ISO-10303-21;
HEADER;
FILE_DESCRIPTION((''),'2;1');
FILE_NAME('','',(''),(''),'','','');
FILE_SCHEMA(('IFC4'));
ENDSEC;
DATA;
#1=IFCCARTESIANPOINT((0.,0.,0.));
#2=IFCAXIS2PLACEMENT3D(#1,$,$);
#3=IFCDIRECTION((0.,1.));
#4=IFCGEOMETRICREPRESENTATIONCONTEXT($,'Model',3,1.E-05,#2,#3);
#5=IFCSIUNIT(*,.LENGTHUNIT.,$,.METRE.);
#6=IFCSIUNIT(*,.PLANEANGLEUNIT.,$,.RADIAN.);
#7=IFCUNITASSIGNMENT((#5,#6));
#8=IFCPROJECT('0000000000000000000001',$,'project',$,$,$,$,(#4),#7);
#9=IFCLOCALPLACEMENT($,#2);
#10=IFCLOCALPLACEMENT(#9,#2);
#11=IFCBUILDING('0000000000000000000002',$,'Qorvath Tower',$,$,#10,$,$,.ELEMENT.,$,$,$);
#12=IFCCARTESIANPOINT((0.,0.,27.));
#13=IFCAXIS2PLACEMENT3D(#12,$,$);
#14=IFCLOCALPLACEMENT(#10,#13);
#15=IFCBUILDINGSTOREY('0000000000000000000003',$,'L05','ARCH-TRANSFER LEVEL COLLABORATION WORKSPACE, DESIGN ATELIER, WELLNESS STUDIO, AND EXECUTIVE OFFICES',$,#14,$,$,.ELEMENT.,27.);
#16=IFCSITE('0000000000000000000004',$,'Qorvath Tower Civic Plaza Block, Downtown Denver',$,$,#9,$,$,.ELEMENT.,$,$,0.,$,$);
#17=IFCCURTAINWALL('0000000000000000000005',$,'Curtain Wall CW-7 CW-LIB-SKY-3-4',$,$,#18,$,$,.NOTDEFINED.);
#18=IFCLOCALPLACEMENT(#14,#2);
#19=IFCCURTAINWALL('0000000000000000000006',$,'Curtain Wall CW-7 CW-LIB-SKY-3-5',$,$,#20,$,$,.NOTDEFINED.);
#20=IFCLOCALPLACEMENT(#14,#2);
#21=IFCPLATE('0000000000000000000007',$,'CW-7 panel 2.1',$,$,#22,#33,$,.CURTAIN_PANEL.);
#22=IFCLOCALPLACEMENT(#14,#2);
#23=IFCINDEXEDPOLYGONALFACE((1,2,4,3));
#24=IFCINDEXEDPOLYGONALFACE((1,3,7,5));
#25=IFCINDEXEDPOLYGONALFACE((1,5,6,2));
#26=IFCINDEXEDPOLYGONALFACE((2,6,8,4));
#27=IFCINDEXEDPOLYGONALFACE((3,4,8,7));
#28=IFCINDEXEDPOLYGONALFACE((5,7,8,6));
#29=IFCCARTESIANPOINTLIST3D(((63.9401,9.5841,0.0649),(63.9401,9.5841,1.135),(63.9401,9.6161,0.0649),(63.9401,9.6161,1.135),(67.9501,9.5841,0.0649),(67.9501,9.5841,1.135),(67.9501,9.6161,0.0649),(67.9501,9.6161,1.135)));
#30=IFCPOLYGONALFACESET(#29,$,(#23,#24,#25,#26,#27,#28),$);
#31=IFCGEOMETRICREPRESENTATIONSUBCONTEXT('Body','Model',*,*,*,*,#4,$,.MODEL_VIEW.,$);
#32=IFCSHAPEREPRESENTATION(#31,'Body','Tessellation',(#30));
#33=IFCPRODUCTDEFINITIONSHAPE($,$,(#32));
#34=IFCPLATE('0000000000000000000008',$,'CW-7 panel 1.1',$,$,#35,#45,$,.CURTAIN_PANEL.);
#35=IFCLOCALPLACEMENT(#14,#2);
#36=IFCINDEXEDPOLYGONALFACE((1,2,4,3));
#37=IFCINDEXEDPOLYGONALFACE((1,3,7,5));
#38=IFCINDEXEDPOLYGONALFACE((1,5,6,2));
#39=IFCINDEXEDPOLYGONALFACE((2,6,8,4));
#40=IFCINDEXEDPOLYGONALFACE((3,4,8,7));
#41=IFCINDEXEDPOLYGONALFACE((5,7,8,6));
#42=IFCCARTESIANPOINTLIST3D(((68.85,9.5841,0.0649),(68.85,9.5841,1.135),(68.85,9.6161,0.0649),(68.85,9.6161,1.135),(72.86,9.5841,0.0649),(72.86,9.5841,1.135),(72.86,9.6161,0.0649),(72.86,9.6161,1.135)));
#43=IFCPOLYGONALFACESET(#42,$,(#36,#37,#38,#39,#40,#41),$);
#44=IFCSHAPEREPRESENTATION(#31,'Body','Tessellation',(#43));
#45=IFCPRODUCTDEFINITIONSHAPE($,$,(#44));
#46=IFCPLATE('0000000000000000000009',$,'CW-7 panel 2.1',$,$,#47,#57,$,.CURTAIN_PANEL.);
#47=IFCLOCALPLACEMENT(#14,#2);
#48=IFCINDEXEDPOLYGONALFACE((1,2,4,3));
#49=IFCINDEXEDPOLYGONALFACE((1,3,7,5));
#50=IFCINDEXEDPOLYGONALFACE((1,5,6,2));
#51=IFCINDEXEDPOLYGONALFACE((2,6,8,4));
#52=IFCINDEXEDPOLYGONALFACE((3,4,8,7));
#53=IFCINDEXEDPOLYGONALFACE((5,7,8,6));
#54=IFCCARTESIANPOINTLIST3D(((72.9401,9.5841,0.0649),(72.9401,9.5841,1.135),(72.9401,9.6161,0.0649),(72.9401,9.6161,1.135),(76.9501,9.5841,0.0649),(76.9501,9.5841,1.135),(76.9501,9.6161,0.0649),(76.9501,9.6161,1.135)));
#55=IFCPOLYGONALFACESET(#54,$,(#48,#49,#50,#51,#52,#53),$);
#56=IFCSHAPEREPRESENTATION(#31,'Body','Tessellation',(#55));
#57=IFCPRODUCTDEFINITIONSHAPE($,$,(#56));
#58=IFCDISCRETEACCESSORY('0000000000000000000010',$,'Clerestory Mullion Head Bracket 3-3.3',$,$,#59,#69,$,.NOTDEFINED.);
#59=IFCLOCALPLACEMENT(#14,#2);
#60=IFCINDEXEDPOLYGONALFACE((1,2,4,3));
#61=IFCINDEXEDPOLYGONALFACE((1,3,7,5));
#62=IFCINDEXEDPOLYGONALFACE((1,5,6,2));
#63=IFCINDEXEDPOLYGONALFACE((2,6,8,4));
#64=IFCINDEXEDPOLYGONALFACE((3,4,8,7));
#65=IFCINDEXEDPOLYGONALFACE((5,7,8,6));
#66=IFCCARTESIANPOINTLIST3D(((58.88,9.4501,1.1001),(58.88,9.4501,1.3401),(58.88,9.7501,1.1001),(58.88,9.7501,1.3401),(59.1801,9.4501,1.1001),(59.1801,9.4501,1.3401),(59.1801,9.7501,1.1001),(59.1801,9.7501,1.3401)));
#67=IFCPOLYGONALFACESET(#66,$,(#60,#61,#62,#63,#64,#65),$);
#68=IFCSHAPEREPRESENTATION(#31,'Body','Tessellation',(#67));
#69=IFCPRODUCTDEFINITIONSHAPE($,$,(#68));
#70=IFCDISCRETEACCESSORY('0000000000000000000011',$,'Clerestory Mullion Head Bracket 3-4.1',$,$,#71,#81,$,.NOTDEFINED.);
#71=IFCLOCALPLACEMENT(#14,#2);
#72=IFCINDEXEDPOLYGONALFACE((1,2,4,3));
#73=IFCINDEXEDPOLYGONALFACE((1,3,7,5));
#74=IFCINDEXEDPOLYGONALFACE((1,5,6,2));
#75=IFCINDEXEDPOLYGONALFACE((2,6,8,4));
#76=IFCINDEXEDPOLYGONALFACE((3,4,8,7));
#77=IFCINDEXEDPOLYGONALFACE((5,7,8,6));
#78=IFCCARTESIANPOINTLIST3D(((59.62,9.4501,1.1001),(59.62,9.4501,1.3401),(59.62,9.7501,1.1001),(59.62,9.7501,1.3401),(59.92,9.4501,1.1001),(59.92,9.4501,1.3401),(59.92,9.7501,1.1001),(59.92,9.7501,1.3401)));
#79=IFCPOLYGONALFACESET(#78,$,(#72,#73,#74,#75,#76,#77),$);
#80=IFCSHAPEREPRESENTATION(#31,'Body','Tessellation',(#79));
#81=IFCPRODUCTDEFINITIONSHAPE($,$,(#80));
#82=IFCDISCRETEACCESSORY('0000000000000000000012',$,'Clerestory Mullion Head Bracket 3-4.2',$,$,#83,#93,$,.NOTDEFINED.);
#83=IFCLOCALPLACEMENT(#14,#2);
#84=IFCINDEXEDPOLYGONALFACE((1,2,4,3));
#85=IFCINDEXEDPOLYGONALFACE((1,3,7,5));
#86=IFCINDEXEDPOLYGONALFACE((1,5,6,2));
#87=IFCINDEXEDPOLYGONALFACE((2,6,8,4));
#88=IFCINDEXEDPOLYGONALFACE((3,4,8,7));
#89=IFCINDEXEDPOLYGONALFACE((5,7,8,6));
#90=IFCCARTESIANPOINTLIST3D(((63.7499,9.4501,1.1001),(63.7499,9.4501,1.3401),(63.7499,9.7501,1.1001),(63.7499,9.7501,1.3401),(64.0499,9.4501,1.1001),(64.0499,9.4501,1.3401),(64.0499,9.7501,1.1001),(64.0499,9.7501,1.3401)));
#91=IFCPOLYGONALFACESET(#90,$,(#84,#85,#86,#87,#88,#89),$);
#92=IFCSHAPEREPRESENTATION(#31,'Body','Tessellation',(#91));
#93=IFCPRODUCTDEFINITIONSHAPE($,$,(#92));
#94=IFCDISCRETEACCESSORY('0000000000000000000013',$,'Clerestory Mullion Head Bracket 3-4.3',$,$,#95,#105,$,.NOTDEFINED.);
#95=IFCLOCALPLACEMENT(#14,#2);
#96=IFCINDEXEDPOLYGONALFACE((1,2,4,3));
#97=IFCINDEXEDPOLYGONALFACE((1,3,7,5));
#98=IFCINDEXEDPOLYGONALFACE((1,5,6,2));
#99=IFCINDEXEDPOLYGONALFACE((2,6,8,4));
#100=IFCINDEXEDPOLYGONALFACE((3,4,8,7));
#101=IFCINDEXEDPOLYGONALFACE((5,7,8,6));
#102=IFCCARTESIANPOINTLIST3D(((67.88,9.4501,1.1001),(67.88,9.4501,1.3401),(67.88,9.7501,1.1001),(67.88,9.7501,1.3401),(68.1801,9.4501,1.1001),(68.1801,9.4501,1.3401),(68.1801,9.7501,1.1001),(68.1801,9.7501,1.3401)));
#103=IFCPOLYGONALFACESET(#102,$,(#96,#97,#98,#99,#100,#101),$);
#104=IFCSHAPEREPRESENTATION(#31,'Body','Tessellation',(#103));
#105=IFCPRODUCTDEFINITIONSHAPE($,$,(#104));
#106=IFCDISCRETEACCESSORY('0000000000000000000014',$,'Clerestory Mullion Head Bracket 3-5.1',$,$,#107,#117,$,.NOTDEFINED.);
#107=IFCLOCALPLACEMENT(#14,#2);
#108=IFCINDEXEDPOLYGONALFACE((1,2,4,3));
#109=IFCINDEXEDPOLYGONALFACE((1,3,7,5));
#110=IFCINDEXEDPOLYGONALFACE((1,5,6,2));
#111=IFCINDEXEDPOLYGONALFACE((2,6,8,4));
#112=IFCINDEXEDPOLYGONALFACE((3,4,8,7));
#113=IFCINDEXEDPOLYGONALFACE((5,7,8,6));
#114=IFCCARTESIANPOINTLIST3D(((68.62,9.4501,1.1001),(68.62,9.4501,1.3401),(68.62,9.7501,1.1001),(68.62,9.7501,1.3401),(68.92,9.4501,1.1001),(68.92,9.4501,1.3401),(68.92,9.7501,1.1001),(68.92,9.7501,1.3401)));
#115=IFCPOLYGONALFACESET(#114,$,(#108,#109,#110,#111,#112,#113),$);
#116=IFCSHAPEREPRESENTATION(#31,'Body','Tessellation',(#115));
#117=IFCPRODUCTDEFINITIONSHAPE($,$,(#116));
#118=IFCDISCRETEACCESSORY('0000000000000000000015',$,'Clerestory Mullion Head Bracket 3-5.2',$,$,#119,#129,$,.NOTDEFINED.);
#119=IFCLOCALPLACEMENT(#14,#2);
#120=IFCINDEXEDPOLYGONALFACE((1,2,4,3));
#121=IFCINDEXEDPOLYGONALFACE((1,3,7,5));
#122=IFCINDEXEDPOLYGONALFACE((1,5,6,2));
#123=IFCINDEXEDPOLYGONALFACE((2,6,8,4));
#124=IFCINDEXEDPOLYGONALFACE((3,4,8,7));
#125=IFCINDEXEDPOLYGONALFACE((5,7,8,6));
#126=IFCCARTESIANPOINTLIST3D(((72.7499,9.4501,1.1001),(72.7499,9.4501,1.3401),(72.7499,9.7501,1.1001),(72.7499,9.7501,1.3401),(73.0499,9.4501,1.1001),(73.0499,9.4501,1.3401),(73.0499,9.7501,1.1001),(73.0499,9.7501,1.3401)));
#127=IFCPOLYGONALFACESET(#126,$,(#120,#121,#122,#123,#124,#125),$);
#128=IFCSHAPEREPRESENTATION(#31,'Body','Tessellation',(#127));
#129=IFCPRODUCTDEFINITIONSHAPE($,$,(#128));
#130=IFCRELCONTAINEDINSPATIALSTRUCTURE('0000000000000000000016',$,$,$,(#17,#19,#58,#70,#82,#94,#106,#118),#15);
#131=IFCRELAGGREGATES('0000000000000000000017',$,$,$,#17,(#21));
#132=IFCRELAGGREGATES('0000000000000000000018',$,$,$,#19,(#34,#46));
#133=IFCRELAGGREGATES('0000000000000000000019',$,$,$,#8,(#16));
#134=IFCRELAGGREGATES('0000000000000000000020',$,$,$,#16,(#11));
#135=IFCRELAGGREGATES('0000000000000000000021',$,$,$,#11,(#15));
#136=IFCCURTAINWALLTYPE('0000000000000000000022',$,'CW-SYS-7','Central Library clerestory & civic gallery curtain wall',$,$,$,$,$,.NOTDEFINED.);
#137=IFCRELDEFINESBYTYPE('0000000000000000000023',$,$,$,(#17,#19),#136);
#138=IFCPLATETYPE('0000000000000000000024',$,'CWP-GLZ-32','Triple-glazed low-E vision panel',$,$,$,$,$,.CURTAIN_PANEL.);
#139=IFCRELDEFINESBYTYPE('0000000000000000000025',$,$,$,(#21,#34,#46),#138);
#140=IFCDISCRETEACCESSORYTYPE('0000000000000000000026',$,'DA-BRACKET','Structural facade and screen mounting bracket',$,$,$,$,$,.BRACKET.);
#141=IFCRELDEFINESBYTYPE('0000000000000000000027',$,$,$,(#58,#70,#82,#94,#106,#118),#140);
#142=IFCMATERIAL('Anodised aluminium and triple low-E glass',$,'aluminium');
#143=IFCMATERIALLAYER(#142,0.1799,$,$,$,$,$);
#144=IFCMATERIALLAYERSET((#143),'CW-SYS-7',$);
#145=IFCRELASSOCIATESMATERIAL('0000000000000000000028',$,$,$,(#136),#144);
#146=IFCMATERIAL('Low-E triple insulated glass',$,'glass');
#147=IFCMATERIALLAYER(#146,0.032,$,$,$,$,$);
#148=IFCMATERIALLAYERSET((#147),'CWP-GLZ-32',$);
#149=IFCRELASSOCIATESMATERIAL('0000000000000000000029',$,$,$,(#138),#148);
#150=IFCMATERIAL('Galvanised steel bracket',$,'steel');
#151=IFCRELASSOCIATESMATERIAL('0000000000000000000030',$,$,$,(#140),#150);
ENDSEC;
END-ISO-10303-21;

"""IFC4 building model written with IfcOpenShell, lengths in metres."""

from ifc_helpers import new_model, si_unit, direction, frame, origin, origin_2d, place, context, subcontext, project, spatial, rectangle, extrude, material, layer, layer_set, type_object, element, aggregate, save


model = new_model("IFC4")

# Units and contexts
model_context = context("Model", 3, precision=1e-05, world=origin(), true_north=direction((0.0, 1.0)))
body_context = subcontext(model_context, "Body", "Model", "MODEL_VIEW")
ifc_project = project(units=[si_unit("LENGTHUNIT", "METRE"), si_unit("PLANEANGLEUNIT", "RADIAN")], contexts=[model_context])

# Site, building, storey
site_placement = place(None, origin())
site = spatial("IfcSite", under=ifc_project, at=site_placement, Name="Qorvath Tower Civic Plaza Block, Downtown Denver", CompositionType="ELEMENT", RefElevation=0.0)
building_placement = place(site_placement, origin())
building = spatial("IfcBuilding", under=site, at=building_placement, Name="Qorvath Tower", CompositionType="ELEMENT")
storey_placement = place(building_placement, frame((0.0, 0.0, 27.0)))
storey = spatial("IfcBuildingStorey", under=building, at=storey_placement, Name="L05", Description="ARCH-TRANSFER LEVEL COLLABORATION WORKSPACE, DESIGN ATELIER, WELLNESS STUDIO, AND EXECUTIVE OFFICES", CompositionType="ELEMENT", Elevation=27.0)

# Shared definitions
ifc_material_1 = material(Name="Anodised aluminium and triple low-E glass", Category="aluminium")
ifc_layer_1 = layer(ifc_material_1, 0.1799)
ifc_layer_set_1 = layer_set([ifc_layer_1], Name="CW-SYS-7")
curtain_wall_type = type_object("IfcCurtainWallType", Name="CW-SYS-7", Description="Central Library clerestory & civic gallery curtain wall", PredefinedType="NOTDEFINED", material=ifc_layer_set_1)

# Curtain walls
curtain_wall_1_placement = place(storey_placement, origin())
curtain_wall_1 = element("IfcCurtainWall", 1, at=curtain_wall_1_placement, inside=storey, type_object=curtain_wall_type, Name="Curtain Wall CW-7 CW-LIB-SKY-3-4", PredefinedType="NOTDEFINED")
curtain_wall_2_placement = place(storey_placement, origin())
curtain_wall_2 = element("IfcCurtainWall", 2, at=curtain_wall_2_placement, inside=storey, type_object=curtain_wall_type, Name="Curtain Wall CW-7 CW-LIB-SKY-3-5", PredefinedType="NOTDEFINED")

# Plates
ifc_material_2 = material(Name="Low-E triple insulated glass", Category="glass")
ifc_layer_2 = layer(ifc_material_2, 0.032)
ifc_layer_set_2 = layer_set([ifc_layer_2], Name="CWP-GLZ-32")
plate_type = type_object("IfcPlateType", Name="CWP-GLZ-32", Description="Triple-glazed low-E vision panel", PredefinedType="CURTAIN_PANEL", material=ifc_layer_set_2)
plate_1_placement = place(storey_placement, frame((65.9451, 9.6001, 0.0649), z_axis=(0.0, 0.0, 1.0), x_axis=(1.0, 0.0, 0.0)))
plate_1 = element("IfcPlate", 3, at=plate_1_placement, type_object=plate_type, Name="CW-7 panel 2.1", PredefinedType="CURTAIN_PANEL", context=body_context, shape_type="SweptSolid", body=[
    extrude(rectangle(XDim=4.01, YDim=0.032, at=origin_2d()), origin(), (0.0, 0.0, 1.0), 1.0701),
])
aggregate(curtain_wall_1, [plate_1])
plate_2_placement = place(storey_placement, frame((70.855, 9.6001, 0.0649), z_axis=(0.0, 0.0, 1.0), x_axis=(1.0, 0.0, 0.0)))
plate_2 = element("IfcPlate", 4, at=plate_2_placement, type_object=plate_type, Name="CW-7 panel 1.1", PredefinedType="CURTAIN_PANEL", context=body_context, shape_type="SweptSolid", body=[
    extrude(rectangle(XDim=4.01, YDim=0.032, at=origin_2d()), origin(), (0.0, 0.0, 1.0), 1.0701),
])
plate_3_placement = place(storey_placement, frame((74.9451, 9.6001, 0.0649), z_axis=(0.0, 0.0, 1.0), x_axis=(1.0, 0.0, 0.0)))
plate_3 = element("IfcPlate", 5, at=plate_3_placement, type_object=plate_type, Name="CW-7 panel 2.1", PredefinedType="CURTAIN_PANEL", context=body_context, shape_type="SweptSolid", body=[
    extrude(rectangle(XDim=4.01, YDim=0.032, at=origin_2d()), origin(), (0.0, 0.0, 1.0), 1.0701),
])
aggregate(curtain_wall_2, [plate_2, plate_3])

# Discrete accessories
ifc_material_3 = material(Name="Galvanised steel bracket", Category="steel")
discrete_accessory_type = type_object("IfcDiscreteAccessoryType", Name="DA-BRACKET", Description="Structural facade and screen mounting bracket", PredefinedType="BRACKET", material=ifc_material_3)
for number, where, z_axis, x_axis, name in (
    (6, (59.03, 9.6001, 1.1001), (0.0, 0.0, 1.0), (1.0, 0.0, 0.0), "Clerestory Mullion Head Bracket 3-3.3"),
    (7, (59.77, 9.6001, 1.1001), (0.0, 0.0, 1.0), (1.0, 0.0, 0.0), "Clerestory Mullion Head Bracket 3-4.1"),
    (8, (63.8999, 9.6001, 1.1001), (0.0, 0.0, 1.0), (1.0, 0.0, 0.0), "Clerestory Mullion Head Bracket 3-4.2"),
    (9, (68.03, 9.6001, 1.1001), (0.0, 0.0, 1.0), (1.0, 0.0, 0.0), "Clerestory Mullion Head Bracket 3-4.3"),
    (10, (68.77, 9.6001, 1.1001), (0.0, 0.0, 1.0), (1.0, 0.0, 0.0), "Clerestory Mullion Head Bracket 3-5.1"),
    (11, (72.8999, 9.6001, 1.1001), (0.0, 0.0, 1.0), (1.0, 0.0, 0.0), "Clerestory Mullion Head Bracket 3-5.2"),
):
    element("IfcDiscreteAccessory", number, at=place(storey_placement, frame(where, z_axis=z_axis, x_axis=x_axis)), inside=storey, type_object=discrete_accessory_type, Name=name, PredefinedType="NOTDEFINED", context=body_context, shape_type="SweptSolid", body=[
        extrude(rectangle(XDim=0.3, YDim=0.3, at=origin_2d()), origin(), (0.0, 0.0, 1.0), 0.24),
    ])

save(model, "model.ifc")
